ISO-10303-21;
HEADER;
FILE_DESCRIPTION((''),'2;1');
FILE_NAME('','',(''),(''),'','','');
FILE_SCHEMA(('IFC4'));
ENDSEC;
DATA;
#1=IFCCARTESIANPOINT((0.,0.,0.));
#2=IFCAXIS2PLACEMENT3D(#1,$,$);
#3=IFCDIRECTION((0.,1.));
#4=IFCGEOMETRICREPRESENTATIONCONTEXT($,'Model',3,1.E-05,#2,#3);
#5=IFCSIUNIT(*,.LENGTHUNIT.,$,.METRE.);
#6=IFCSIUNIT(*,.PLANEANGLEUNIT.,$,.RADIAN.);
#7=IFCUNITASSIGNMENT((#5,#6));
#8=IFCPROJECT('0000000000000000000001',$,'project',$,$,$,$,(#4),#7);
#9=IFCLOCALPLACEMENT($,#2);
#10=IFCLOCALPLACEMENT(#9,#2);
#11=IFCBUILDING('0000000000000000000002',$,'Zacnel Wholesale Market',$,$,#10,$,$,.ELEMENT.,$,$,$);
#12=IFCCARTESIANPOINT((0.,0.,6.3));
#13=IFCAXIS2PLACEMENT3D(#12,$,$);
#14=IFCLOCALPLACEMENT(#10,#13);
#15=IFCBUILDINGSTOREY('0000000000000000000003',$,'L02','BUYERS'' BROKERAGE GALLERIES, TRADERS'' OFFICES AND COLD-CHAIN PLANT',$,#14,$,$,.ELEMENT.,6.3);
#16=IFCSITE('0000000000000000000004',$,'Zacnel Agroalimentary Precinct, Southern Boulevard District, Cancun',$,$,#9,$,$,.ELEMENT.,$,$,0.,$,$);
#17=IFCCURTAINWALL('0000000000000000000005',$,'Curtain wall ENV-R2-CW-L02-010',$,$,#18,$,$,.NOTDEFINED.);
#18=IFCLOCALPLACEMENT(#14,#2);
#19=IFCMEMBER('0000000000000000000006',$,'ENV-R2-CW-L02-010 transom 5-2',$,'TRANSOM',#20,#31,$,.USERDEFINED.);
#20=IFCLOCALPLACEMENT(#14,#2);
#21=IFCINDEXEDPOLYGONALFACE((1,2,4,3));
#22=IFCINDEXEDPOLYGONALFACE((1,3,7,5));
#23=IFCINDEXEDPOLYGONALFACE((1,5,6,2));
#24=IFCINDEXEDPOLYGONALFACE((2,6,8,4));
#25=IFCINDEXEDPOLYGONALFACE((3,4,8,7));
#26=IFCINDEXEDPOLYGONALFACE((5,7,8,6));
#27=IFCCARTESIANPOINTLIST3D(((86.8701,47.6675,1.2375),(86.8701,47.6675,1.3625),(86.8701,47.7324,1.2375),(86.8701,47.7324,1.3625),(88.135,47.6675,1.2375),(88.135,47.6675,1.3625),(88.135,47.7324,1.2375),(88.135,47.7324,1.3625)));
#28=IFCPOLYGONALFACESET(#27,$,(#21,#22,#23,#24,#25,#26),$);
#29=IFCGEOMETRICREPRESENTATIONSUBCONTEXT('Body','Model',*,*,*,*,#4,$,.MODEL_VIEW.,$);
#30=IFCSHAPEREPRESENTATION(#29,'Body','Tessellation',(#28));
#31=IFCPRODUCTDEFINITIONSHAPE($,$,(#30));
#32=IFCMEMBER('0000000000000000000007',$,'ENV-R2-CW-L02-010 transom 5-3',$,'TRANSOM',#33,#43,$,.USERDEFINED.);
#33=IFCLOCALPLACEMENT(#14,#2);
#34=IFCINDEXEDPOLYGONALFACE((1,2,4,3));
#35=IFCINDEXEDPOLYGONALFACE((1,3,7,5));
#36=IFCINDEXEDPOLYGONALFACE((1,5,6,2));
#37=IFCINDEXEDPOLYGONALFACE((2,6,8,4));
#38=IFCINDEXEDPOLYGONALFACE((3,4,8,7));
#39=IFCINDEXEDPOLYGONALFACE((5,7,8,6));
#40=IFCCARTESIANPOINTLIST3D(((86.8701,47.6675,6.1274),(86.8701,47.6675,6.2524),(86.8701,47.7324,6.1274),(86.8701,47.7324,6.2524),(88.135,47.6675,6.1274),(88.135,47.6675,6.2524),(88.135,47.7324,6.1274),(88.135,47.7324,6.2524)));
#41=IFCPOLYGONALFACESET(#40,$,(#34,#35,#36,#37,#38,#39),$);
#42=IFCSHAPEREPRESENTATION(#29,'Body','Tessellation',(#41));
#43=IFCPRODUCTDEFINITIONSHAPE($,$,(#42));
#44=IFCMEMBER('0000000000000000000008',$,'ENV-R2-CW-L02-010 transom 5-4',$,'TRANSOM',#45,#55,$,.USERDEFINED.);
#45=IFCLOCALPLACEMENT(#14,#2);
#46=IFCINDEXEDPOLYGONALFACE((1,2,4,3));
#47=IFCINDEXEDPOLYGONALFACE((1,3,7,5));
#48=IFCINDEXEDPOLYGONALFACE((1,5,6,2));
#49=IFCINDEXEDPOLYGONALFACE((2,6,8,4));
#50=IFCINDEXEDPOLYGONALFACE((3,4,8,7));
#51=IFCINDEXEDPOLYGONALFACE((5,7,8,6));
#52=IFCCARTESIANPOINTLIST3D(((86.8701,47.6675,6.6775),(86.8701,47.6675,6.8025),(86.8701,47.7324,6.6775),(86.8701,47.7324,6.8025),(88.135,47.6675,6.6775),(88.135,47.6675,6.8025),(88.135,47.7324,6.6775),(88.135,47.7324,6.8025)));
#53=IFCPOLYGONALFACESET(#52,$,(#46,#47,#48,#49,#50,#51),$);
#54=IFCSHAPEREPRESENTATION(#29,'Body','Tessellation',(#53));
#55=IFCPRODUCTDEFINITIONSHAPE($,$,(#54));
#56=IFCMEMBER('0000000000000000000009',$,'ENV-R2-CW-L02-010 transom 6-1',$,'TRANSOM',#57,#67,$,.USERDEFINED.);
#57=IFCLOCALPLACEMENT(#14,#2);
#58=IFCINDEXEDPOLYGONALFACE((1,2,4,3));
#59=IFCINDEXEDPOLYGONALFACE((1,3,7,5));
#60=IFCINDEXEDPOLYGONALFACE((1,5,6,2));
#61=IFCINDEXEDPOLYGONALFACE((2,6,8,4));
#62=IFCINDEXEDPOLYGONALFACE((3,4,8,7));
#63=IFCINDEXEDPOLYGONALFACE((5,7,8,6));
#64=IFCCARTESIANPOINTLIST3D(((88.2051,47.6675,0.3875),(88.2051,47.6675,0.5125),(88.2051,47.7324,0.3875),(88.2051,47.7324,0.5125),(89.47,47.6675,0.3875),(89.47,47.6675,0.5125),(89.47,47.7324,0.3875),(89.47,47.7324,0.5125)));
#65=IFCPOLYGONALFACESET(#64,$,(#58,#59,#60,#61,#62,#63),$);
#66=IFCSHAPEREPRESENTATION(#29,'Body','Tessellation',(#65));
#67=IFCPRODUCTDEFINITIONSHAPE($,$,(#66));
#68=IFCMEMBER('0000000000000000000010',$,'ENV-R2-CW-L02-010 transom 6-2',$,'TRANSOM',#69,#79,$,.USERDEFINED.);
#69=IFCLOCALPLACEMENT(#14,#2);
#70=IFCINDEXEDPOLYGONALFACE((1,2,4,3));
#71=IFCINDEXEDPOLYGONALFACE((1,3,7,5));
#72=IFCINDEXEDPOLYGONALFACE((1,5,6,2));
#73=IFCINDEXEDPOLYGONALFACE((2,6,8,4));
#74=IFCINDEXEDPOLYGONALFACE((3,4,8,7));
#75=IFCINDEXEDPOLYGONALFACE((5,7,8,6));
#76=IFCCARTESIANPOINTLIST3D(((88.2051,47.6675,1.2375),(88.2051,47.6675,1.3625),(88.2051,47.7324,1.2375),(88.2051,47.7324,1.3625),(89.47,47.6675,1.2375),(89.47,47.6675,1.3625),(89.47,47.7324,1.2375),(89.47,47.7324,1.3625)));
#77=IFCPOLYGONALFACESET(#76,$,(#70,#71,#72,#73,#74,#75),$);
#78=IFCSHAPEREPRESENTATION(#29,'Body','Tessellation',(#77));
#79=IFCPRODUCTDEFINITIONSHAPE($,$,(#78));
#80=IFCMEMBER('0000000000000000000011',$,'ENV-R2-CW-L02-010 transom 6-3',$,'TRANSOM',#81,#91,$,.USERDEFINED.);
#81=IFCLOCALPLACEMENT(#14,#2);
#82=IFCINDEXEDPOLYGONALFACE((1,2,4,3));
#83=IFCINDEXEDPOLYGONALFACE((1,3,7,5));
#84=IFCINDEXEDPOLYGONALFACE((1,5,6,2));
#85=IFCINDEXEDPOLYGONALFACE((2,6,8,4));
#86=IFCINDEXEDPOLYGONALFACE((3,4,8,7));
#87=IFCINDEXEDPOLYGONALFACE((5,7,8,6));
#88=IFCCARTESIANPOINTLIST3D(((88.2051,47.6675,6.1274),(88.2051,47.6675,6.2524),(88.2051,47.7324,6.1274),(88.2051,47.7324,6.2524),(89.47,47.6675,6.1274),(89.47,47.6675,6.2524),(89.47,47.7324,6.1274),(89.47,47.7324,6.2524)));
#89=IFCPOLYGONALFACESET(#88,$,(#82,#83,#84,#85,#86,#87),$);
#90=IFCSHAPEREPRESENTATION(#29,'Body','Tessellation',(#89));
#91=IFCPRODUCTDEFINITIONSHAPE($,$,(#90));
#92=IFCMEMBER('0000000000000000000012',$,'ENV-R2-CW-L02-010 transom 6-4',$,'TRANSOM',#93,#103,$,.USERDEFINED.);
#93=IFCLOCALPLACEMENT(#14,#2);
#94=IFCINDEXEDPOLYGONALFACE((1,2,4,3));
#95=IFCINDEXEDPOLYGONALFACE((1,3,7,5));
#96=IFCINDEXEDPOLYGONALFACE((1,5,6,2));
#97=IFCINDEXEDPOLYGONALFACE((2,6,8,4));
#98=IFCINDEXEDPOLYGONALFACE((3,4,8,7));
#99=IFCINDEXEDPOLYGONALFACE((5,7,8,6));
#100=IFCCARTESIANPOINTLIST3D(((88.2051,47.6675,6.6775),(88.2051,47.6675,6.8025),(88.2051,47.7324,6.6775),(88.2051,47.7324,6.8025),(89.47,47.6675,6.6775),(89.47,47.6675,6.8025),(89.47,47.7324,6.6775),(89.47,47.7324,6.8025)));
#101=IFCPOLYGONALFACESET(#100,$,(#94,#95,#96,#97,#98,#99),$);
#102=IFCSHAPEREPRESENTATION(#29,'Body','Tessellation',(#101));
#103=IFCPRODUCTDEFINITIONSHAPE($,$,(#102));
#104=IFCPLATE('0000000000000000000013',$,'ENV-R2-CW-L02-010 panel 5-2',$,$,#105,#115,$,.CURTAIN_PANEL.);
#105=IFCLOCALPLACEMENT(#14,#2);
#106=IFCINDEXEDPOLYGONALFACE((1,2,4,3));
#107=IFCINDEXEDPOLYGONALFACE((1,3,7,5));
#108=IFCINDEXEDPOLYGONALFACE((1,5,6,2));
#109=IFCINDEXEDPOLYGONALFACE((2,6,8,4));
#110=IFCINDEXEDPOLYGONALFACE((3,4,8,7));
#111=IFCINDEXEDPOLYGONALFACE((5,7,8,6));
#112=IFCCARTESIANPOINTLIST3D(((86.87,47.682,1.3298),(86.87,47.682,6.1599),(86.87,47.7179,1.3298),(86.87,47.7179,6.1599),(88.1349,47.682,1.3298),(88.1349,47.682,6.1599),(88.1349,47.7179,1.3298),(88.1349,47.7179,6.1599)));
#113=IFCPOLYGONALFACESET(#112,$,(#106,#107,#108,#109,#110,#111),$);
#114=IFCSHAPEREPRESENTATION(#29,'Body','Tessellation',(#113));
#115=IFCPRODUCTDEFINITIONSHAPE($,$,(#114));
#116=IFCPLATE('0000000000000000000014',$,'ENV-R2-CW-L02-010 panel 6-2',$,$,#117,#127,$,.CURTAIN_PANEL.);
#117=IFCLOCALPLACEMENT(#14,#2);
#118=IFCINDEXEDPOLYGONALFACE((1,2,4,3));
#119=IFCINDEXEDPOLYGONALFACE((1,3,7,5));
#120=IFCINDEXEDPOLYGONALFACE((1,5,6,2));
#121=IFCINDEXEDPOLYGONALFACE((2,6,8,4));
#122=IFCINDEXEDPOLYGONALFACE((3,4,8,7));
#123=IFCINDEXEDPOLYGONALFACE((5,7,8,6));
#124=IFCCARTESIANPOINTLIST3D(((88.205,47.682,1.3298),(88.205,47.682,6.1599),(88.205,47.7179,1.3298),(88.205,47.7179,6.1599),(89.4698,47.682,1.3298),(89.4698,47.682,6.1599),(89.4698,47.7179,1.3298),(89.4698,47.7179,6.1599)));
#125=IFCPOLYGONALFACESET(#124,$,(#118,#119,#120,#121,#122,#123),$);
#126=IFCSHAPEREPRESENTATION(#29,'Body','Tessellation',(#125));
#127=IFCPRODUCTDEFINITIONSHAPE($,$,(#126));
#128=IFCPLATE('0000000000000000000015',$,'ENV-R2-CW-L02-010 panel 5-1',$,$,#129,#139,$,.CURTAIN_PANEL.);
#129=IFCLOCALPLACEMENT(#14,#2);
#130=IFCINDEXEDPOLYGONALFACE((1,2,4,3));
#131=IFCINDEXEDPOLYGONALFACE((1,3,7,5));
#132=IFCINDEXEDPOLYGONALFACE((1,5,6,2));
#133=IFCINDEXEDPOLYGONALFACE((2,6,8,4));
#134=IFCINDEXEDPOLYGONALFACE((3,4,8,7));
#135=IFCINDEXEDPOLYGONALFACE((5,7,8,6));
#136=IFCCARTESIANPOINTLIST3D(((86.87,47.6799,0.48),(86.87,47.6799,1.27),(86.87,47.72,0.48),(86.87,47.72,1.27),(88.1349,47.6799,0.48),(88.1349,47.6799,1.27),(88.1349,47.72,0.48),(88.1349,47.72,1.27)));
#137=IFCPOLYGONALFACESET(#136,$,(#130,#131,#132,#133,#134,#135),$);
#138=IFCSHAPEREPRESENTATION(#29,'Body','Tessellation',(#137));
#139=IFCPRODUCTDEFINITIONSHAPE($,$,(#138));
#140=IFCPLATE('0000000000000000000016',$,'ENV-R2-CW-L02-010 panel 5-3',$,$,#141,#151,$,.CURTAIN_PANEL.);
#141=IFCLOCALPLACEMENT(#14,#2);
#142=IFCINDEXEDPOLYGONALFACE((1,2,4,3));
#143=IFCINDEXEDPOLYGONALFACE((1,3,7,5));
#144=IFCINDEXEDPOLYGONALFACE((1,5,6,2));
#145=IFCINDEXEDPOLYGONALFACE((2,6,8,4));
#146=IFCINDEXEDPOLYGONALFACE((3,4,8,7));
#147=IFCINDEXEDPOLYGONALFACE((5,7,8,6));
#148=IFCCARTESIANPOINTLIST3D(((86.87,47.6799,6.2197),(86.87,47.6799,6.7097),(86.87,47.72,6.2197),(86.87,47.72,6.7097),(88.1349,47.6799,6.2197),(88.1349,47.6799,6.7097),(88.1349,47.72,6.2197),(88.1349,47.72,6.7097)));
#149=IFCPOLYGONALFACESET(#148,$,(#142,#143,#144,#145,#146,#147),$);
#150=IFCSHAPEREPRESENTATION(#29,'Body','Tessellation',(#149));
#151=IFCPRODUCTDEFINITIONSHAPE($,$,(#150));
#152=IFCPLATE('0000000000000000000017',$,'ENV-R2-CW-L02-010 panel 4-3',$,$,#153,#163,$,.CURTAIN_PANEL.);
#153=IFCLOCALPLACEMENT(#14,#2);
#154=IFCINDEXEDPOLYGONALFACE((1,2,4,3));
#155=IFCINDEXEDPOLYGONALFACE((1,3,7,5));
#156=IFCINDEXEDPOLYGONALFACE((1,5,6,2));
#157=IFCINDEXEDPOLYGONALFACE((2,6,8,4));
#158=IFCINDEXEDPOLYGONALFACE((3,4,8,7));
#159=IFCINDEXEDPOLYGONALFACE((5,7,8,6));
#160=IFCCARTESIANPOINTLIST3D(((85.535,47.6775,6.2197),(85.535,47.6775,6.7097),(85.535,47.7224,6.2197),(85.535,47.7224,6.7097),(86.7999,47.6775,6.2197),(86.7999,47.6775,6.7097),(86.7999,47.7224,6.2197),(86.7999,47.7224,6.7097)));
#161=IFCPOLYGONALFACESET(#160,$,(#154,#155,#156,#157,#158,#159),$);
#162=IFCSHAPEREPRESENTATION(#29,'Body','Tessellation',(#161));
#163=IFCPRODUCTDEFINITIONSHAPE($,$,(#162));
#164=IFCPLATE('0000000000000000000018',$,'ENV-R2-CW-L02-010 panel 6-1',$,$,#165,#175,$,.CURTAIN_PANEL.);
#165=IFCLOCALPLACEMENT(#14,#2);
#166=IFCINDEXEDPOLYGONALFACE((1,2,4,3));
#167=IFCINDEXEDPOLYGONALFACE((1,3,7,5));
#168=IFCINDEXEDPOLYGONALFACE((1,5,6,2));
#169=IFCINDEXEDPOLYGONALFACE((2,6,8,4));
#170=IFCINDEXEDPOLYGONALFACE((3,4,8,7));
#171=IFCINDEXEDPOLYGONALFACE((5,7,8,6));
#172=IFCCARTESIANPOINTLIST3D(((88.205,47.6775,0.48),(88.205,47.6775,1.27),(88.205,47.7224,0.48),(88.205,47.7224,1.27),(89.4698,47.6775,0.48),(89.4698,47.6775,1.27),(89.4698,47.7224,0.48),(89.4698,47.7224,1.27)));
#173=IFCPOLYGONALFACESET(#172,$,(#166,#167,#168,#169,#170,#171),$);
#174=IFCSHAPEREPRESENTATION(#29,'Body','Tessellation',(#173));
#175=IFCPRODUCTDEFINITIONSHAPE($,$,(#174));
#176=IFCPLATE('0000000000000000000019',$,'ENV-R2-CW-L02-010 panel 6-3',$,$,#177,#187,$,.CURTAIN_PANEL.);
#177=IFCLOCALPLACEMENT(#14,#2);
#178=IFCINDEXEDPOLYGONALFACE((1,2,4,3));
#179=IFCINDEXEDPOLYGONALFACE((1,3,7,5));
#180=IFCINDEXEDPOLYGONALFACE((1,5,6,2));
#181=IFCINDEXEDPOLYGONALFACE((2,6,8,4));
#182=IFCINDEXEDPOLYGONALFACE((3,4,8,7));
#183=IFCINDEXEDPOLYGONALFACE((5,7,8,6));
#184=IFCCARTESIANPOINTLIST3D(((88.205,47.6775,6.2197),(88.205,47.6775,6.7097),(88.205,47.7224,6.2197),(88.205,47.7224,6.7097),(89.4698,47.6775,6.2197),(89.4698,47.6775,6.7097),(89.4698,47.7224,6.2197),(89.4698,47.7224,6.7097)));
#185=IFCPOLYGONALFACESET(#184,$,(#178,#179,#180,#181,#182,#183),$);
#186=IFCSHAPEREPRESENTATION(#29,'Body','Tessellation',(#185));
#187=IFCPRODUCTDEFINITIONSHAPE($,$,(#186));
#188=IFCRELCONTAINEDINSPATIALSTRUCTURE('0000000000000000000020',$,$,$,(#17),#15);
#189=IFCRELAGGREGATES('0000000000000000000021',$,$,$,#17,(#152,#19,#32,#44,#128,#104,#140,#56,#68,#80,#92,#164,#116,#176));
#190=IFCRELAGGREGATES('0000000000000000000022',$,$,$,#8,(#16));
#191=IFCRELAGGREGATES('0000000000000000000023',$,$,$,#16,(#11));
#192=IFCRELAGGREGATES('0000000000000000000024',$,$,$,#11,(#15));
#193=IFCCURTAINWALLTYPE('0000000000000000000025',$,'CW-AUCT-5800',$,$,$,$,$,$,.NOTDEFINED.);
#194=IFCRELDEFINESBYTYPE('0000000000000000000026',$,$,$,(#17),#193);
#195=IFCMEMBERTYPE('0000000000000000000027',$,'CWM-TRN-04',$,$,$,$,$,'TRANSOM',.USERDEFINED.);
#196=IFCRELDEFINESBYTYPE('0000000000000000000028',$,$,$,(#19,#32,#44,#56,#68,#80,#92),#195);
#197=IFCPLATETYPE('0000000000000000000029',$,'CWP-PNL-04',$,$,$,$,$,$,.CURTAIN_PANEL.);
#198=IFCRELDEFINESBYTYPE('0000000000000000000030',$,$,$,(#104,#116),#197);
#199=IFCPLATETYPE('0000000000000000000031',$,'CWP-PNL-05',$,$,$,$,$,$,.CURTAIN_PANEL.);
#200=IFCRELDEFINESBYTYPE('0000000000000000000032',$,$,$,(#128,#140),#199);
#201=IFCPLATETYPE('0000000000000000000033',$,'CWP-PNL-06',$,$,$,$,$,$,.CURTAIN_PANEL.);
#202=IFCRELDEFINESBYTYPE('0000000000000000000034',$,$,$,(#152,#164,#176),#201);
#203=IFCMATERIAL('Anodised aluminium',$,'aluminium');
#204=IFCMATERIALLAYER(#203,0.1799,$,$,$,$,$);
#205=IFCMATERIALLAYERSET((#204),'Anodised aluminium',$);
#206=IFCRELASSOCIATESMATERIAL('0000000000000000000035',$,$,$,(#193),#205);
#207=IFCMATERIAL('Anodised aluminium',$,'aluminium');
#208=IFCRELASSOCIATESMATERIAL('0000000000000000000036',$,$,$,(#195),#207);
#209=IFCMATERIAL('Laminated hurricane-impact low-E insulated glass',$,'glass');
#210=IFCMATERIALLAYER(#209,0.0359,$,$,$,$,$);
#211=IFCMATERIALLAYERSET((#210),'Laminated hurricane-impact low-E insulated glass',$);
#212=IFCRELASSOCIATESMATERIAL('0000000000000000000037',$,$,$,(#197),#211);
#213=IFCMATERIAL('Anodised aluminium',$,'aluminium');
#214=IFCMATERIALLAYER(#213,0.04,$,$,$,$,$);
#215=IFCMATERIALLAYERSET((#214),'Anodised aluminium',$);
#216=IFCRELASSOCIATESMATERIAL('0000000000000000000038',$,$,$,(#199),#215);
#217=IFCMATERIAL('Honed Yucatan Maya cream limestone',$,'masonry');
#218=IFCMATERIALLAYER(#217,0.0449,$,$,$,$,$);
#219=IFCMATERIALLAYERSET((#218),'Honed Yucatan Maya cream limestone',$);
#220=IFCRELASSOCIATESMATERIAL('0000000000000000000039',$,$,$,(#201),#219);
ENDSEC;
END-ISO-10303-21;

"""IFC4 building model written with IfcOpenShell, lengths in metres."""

from ifc_helpers import new_model, si_unit, direction, frame, origin, origin_2d, place, context, subcontext, project, spatial, rectangle, extrude, material, layer, layer_set, material_profile, profile_set, type_object, element, aggregate, save


model = new_model("IFC4")

# Units and contexts
model_context = context("Model", 3, precision=1e-05, world=origin(), true_north=direction((0.0, 1.0)))
body_context = subcontext(model_context, "Body", "Model", "MODEL_VIEW")
ifc_project = project(units=[si_unit("LENGTHUNIT", "METRE"), si_unit("PLANEANGLEUNIT", "RADIAN")], contexts=[model_context])

# Site, building, storey
site_placement = place(None, origin())
site = spatial("IfcSite", under=ifc_project, at=site_placement, Name="Zacnel Agroalimentary Precinct, Southern Boulevard District, Cancun", CompositionType="ELEMENT", RefElevation=0.0)
building_placement = place(site_placement, origin())
building = spatial("IfcBuilding", under=site, at=building_placement, Name="Zacnel Wholesale Market", CompositionType="ELEMENT")
storey_placement = place(building_placement, frame((0.0, 0.0, 6.3)))
storey = spatial("IfcBuildingStorey", under=building, at=storey_placement, Name="L02", Description="BUYERS' BROKERAGE GALLERIES, TRADERS' OFFICES AND COLD-CHAIN PLANT", CompositionType="ELEMENT", Elevation=6.3)

# Curtain wall
ifc_material_1 = material(Name="Anodised aluminium", Category="aluminium")
ifc_layer_1 = layer(ifc_material_1, 0.1799)
ifc_layer_set_1 = layer_set([ifc_layer_1], Name="Anodised aluminium")
curtain_wall_type = type_object("IfcCurtainWallType", Name="CW-AUCT-5800", PredefinedType="NOTDEFINED", material=ifc_layer_set_1)
curtain_wall_1_placement = place(storey_placement, origin())
curtain_wall_1 = element("IfcCurtainWall", 1, at=curtain_wall_1_placement, inside=storey, type_object=curtain_wall_type, Name="Curtain wall ENV-R2-CW-L02-010", PredefinedType="NOTDEFINED")

# Members
ifc_material_2 = material(Name="Anodised aluminium", Category="aluminium")
ifc_material_profile_1 = material_profile(ifc_material_2, rectangle(XDim=0.0649, YDim=0.125, at=origin_2d()), Name="AW-TRANSOM 65x125")
ifc_profile_set_1 = profile_set([ifc_material_profile_1], Name="Anodised aluminium")
member_type_1 = type_object("IfcMemberType", Name="CWM-TRN-04", ElementType="TRANSOM", PredefinedType="USERDEFINED", material=ifc_profile_set_1)
member_1_placement = place(storey_placement, frame((86.8701, 47.7, 1.3), z_axis=(1.0, 0.0, 0.0), x_axis=(0.0, 1.0, 0.0)))
member_1 = element("IfcMember", 2, at=member_1_placement, type_object=member_type_1, Name="ENV-R2-CW-L02-010 transom 5-2", ObjectType="TRANSOM", PredefinedType="USERDEFINED", context=body_context, shape_type="SweptSolid", body=[
    extrude(rectangle(XDim=0.0649, YDim=0.125, at=origin_2d()), origin(), (0.0, 0.0, 1.0), 1.2649),
])
member_2_placement = place(storey_placement, frame((86.8701, 47.7, 6.1899), z_axis=(1.0, 0.0, 0.0), x_axis=(0.0, 1.0, 0.0)))
member_2 = element("IfcMember", 3, at=member_2_placement, type_object=member_type_1, Name="ENV-R2-CW-L02-010 transom 5-3", ObjectType="TRANSOM", PredefinedType="USERDEFINED", context=body_context, shape_type="SweptSolid", body=[
    extrude(rectangle(XDim=0.0649, YDim=0.125, at=origin_2d()), origin(), (0.0, 0.0, 1.0), 1.2649),
])
member_3_placement = place(storey_placement, frame((86.8701, 47.7, 6.74), z_axis=(1.0, 0.0, 0.0), x_axis=(0.0, 1.0, 0.0)))
member_3 = element("IfcMember", 4, at=member_3_placement, type_object=member_type_1, Name="ENV-R2-CW-L02-010 transom 5-4", ObjectType="TRANSOM", PredefinedType="USERDEFINED", context=body_context, shape_type="SweptSolid", body=[
    extrude(rectangle(XDim=0.0649, YDim=0.125, at=origin_2d()), origin(), (0.0, 0.0, 1.0), 1.2649),
])
member_4_placement = place(storey_placement, frame((88.2051, 47.7, 0.45), z_axis=(1.0, 0.0, 0.0), x_axis=(0.0, 1.0, 0.0)))
member_4 = element("IfcMember", 5, at=member_4_placement, type_object=member_type_1, Name="ENV-R2-CW-L02-010 transom 6-1", ObjectType="TRANSOM", PredefinedType="USERDEFINED", context=body_context, shape_type="SweptSolid", body=[
    extrude(rectangle(XDim=0.0649, YDim=0.125, at=origin_2d()), origin(), (0.0, 0.0, 1.0), 1.2649),
])
member_5_placement = place(storey_placement, frame((88.2051, 47.7, 1.3), z_axis=(1.0, 0.0, 0.0), x_axis=(0.0, 1.0, 0.0)))
member_5 = element("IfcMember", 6, at=member_5_placement, type_object=member_type_1, Name="ENV-R2-CW-L02-010 transom 6-2", ObjectType="TRANSOM", PredefinedType="USERDEFINED", context=body_context, shape_type="SweptSolid", body=[
    extrude(rectangle(XDim=0.0649, YDim=0.125, at=origin_2d()), origin(), (0.0, 0.0, 1.0), 1.2649),
])
member_6_placement = place(storey_placement, frame((88.2051, 47.7, 6.1899), z_axis=(1.0, 0.0, 0.0), x_axis=(0.0, 1.0, 0.0)))
member_6 = element("IfcMember", 7, at=member_6_placement, type_object=member_type_1, Name="ENV-R2-CW-L02-010 transom 6-3", ObjectType="TRANSOM", PredefinedType="USERDEFINED", context=body_context, shape_type="SweptSolid", body=[
    extrude(rectangle(XDim=0.0649, YDim=0.125, at=origin_2d()), origin(), (0.0, 0.0, 1.0), 1.2649),
])
member_7_placement = place(storey_placement, frame((88.2051, 47.7, 6.74), z_axis=(1.0, 0.0, 0.0), x_axis=(0.0, 1.0, 0.0)))
member_7 = element("IfcMember", 8, at=member_7_placement, type_object=member_type_1, Name="ENV-R2-CW-L02-010 transom 6-4", ObjectType="TRANSOM", PredefinedType="USERDEFINED", context=body_context, shape_type="SweptSolid", body=[
    extrude(rectangle(XDim=0.0649, YDim=0.125, at=origin_2d()), origin(), (0.0, 0.0, 1.0), 1.2649),
])

# Plates
ifc_material_3 = material(Name="Laminated hurricane-impact low-E insulated glass", Category="glass")
ifc_layer_2 = layer(ifc_material_3, 0.0359)
ifc_layer_set_2 = layer_set([ifc_layer_2], Name="Laminated hurricane-impact low-E insulated glass")
plate_type_1 = type_object("IfcPlateType", Name="CWP-PNL-04", PredefinedType="CURTAIN_PANEL", material=ifc_layer_set_2)
plate_1_placement = place(storey_placement, frame((87.5024, 47.7, 1.3298), z_axis=(0.0, 0.0, 1.0), x_axis=(1.0, 0.0, 0.0)))
plate_1 = element("IfcPlate", 9, at=plate_1_placement, type_object=plate_type_1, Name="ENV-R2-CW-L02-010 panel 5-2", PredefinedType="CURTAIN_PANEL", context=body_context, shape_type="SweptSolid", body=[
    extrude(rectangle(XDim=1.2649, YDim=0.0359, at=origin_2d()), origin(), (0.0, 0.0, 1.0), 4.8301),
])
plate_2_placement = place(storey_placement, frame((88.8374, 47.7, 1.3298), z_axis=(0.0, 0.0, 1.0), x_axis=(1.0, 0.0, 0.0)))
plate_2 = element("IfcPlate", 10, at=plate_2_placement, type_object=plate_type_1, Name="ENV-R2-CW-L02-010 panel 6-2", PredefinedType="CURTAIN_PANEL", context=body_context, shape_type="SweptSolid", body=[
    extrude(rectangle(XDim=1.2649, YDim=0.0359, at=origin_2d()), origin(), (0.0, 0.0, 1.0), 4.8301),
])
ifc_material_4 = material(Name="Anodised aluminium", Category="aluminium")
ifc_layer_3 = layer(ifc_material_4, 0.04)
ifc_layer_set_3 = layer_set([ifc_layer_3], Name="Anodised aluminium")
plate_type_2 = type_object("IfcPlateType", Name="CWP-PNL-05", PredefinedType="CURTAIN_PANEL", material=ifc_layer_set_3)
plate_3_placement = place(storey_placement, frame((87.5024, 47.7, 0.48), z_axis=(0.0, 0.0, 1.0), x_axis=(1.0, 0.0, 0.0)))
plate_3 = element("IfcPlate", 11, at=plate_3_placement, type_object=plate_type_2, Name="ENV-R2-CW-L02-010 panel 5-1", PredefinedType="CURTAIN_PANEL", context=body_context, shape_type="SweptSolid", body=[
    extrude(rectangle(XDim=1.2649, YDim=0.04, at=origin_2d()), origin(), (0.0, 0.0, 1.0), 0.79),
])
plate_4_placement = place(storey_placement, frame((87.5024, 47.7, 6.2197), z_axis=(0.0, 0.0, 1.0), x_axis=(1.0, 0.0, 0.0)))
plate_4 = element("IfcPlate", 12, at=plate_4_placement, type_object=plate_type_2, Name="ENV-R2-CW-L02-010 panel 5-3", PredefinedType="CURTAIN_PANEL", context=body_context, shape_type="SweptSolid", body=[
    extrude(rectangle(XDim=1.2649, YDim=0.04, at=origin_2d()), origin(), (0.0, 0.0, 1.0), 0.49),
])
ifc_material_5 = material(Name="Honed Yucatan Maya cream limestone", Category="masonry")
ifc_layer_4 = layer(ifc_material_5, 0.0449)
ifc_layer_set_4 = layer_set([ifc_layer_4], Name="Honed Yucatan Maya cream limestone")
plate_type_3 = type_object("IfcPlateType", Name="CWP-PNL-06", PredefinedType="CURTAIN_PANEL", material=ifc_layer_set_4)
plate_5_placement = place(storey_placement, frame((86.1675, 47.7, 6.2197), z_axis=(0.0, 0.0, 1.0), x_axis=(1.0, 0.0, 0.0)))
plate_5 = element("IfcPlate", 13, at=plate_5_placement, type_object=plate_type_3, Name="ENV-R2-CW-L02-010 panel 4-3", PredefinedType="CURTAIN_PANEL", context=body_context, shape_type="SweptSolid", body=[
    extrude(rectangle(XDim=1.2649, YDim=0.0449, at=origin_2d()), origin(), (0.0, 0.0, 1.0), 0.49),
])
plate_6_placement = place(storey_placement, frame((88.8374, 47.7, 0.48), z_axis=(0.0, 0.0, 1.0), x_axis=(1.0, 0.0, 0.0)))
plate_6 = element("IfcPlate", 14, at=plate_6_placement, type_object=plate_type_3, Name="ENV-R2-CW-L02-010 panel 6-1", PredefinedType="CURTAIN_PANEL", context=body_context, shape_type="SweptSolid", body=[
    extrude(rectangle(XDim=1.2649, YDim=0.0449, at=origin_2d()), origin(), (0.0, 0.0, 1.0), 0.79),
])
plate_7_placement = place(storey_placement, frame((88.8374, 47.7, 6.2197), z_axis=(0.0, 0.0, 1.0), x_axis=(1.0, 0.0, 0.0)))
plate_7 = element("IfcPlate", 15, at=plate_7_placement, type_object=plate_type_3, Name="ENV-R2-CW-L02-010 panel 6-3", PredefinedType="CURTAIN_PANEL", context=body_context, shape_type="SweptSolid", body=[
    extrude(rectangle(XDim=1.2649, YDim=0.0449, at=origin_2d()), origin(), (0.0, 0.0, 1.0), 0.49),
])
aggregate(curtain_wall_1, [plate_5, member_1, member_2, member_3, plate_3, plate_1, plate_4, member_4, member_5, member_6, member_7, plate_6, plate_2, plate_7])

save(model, "model.ifc")
